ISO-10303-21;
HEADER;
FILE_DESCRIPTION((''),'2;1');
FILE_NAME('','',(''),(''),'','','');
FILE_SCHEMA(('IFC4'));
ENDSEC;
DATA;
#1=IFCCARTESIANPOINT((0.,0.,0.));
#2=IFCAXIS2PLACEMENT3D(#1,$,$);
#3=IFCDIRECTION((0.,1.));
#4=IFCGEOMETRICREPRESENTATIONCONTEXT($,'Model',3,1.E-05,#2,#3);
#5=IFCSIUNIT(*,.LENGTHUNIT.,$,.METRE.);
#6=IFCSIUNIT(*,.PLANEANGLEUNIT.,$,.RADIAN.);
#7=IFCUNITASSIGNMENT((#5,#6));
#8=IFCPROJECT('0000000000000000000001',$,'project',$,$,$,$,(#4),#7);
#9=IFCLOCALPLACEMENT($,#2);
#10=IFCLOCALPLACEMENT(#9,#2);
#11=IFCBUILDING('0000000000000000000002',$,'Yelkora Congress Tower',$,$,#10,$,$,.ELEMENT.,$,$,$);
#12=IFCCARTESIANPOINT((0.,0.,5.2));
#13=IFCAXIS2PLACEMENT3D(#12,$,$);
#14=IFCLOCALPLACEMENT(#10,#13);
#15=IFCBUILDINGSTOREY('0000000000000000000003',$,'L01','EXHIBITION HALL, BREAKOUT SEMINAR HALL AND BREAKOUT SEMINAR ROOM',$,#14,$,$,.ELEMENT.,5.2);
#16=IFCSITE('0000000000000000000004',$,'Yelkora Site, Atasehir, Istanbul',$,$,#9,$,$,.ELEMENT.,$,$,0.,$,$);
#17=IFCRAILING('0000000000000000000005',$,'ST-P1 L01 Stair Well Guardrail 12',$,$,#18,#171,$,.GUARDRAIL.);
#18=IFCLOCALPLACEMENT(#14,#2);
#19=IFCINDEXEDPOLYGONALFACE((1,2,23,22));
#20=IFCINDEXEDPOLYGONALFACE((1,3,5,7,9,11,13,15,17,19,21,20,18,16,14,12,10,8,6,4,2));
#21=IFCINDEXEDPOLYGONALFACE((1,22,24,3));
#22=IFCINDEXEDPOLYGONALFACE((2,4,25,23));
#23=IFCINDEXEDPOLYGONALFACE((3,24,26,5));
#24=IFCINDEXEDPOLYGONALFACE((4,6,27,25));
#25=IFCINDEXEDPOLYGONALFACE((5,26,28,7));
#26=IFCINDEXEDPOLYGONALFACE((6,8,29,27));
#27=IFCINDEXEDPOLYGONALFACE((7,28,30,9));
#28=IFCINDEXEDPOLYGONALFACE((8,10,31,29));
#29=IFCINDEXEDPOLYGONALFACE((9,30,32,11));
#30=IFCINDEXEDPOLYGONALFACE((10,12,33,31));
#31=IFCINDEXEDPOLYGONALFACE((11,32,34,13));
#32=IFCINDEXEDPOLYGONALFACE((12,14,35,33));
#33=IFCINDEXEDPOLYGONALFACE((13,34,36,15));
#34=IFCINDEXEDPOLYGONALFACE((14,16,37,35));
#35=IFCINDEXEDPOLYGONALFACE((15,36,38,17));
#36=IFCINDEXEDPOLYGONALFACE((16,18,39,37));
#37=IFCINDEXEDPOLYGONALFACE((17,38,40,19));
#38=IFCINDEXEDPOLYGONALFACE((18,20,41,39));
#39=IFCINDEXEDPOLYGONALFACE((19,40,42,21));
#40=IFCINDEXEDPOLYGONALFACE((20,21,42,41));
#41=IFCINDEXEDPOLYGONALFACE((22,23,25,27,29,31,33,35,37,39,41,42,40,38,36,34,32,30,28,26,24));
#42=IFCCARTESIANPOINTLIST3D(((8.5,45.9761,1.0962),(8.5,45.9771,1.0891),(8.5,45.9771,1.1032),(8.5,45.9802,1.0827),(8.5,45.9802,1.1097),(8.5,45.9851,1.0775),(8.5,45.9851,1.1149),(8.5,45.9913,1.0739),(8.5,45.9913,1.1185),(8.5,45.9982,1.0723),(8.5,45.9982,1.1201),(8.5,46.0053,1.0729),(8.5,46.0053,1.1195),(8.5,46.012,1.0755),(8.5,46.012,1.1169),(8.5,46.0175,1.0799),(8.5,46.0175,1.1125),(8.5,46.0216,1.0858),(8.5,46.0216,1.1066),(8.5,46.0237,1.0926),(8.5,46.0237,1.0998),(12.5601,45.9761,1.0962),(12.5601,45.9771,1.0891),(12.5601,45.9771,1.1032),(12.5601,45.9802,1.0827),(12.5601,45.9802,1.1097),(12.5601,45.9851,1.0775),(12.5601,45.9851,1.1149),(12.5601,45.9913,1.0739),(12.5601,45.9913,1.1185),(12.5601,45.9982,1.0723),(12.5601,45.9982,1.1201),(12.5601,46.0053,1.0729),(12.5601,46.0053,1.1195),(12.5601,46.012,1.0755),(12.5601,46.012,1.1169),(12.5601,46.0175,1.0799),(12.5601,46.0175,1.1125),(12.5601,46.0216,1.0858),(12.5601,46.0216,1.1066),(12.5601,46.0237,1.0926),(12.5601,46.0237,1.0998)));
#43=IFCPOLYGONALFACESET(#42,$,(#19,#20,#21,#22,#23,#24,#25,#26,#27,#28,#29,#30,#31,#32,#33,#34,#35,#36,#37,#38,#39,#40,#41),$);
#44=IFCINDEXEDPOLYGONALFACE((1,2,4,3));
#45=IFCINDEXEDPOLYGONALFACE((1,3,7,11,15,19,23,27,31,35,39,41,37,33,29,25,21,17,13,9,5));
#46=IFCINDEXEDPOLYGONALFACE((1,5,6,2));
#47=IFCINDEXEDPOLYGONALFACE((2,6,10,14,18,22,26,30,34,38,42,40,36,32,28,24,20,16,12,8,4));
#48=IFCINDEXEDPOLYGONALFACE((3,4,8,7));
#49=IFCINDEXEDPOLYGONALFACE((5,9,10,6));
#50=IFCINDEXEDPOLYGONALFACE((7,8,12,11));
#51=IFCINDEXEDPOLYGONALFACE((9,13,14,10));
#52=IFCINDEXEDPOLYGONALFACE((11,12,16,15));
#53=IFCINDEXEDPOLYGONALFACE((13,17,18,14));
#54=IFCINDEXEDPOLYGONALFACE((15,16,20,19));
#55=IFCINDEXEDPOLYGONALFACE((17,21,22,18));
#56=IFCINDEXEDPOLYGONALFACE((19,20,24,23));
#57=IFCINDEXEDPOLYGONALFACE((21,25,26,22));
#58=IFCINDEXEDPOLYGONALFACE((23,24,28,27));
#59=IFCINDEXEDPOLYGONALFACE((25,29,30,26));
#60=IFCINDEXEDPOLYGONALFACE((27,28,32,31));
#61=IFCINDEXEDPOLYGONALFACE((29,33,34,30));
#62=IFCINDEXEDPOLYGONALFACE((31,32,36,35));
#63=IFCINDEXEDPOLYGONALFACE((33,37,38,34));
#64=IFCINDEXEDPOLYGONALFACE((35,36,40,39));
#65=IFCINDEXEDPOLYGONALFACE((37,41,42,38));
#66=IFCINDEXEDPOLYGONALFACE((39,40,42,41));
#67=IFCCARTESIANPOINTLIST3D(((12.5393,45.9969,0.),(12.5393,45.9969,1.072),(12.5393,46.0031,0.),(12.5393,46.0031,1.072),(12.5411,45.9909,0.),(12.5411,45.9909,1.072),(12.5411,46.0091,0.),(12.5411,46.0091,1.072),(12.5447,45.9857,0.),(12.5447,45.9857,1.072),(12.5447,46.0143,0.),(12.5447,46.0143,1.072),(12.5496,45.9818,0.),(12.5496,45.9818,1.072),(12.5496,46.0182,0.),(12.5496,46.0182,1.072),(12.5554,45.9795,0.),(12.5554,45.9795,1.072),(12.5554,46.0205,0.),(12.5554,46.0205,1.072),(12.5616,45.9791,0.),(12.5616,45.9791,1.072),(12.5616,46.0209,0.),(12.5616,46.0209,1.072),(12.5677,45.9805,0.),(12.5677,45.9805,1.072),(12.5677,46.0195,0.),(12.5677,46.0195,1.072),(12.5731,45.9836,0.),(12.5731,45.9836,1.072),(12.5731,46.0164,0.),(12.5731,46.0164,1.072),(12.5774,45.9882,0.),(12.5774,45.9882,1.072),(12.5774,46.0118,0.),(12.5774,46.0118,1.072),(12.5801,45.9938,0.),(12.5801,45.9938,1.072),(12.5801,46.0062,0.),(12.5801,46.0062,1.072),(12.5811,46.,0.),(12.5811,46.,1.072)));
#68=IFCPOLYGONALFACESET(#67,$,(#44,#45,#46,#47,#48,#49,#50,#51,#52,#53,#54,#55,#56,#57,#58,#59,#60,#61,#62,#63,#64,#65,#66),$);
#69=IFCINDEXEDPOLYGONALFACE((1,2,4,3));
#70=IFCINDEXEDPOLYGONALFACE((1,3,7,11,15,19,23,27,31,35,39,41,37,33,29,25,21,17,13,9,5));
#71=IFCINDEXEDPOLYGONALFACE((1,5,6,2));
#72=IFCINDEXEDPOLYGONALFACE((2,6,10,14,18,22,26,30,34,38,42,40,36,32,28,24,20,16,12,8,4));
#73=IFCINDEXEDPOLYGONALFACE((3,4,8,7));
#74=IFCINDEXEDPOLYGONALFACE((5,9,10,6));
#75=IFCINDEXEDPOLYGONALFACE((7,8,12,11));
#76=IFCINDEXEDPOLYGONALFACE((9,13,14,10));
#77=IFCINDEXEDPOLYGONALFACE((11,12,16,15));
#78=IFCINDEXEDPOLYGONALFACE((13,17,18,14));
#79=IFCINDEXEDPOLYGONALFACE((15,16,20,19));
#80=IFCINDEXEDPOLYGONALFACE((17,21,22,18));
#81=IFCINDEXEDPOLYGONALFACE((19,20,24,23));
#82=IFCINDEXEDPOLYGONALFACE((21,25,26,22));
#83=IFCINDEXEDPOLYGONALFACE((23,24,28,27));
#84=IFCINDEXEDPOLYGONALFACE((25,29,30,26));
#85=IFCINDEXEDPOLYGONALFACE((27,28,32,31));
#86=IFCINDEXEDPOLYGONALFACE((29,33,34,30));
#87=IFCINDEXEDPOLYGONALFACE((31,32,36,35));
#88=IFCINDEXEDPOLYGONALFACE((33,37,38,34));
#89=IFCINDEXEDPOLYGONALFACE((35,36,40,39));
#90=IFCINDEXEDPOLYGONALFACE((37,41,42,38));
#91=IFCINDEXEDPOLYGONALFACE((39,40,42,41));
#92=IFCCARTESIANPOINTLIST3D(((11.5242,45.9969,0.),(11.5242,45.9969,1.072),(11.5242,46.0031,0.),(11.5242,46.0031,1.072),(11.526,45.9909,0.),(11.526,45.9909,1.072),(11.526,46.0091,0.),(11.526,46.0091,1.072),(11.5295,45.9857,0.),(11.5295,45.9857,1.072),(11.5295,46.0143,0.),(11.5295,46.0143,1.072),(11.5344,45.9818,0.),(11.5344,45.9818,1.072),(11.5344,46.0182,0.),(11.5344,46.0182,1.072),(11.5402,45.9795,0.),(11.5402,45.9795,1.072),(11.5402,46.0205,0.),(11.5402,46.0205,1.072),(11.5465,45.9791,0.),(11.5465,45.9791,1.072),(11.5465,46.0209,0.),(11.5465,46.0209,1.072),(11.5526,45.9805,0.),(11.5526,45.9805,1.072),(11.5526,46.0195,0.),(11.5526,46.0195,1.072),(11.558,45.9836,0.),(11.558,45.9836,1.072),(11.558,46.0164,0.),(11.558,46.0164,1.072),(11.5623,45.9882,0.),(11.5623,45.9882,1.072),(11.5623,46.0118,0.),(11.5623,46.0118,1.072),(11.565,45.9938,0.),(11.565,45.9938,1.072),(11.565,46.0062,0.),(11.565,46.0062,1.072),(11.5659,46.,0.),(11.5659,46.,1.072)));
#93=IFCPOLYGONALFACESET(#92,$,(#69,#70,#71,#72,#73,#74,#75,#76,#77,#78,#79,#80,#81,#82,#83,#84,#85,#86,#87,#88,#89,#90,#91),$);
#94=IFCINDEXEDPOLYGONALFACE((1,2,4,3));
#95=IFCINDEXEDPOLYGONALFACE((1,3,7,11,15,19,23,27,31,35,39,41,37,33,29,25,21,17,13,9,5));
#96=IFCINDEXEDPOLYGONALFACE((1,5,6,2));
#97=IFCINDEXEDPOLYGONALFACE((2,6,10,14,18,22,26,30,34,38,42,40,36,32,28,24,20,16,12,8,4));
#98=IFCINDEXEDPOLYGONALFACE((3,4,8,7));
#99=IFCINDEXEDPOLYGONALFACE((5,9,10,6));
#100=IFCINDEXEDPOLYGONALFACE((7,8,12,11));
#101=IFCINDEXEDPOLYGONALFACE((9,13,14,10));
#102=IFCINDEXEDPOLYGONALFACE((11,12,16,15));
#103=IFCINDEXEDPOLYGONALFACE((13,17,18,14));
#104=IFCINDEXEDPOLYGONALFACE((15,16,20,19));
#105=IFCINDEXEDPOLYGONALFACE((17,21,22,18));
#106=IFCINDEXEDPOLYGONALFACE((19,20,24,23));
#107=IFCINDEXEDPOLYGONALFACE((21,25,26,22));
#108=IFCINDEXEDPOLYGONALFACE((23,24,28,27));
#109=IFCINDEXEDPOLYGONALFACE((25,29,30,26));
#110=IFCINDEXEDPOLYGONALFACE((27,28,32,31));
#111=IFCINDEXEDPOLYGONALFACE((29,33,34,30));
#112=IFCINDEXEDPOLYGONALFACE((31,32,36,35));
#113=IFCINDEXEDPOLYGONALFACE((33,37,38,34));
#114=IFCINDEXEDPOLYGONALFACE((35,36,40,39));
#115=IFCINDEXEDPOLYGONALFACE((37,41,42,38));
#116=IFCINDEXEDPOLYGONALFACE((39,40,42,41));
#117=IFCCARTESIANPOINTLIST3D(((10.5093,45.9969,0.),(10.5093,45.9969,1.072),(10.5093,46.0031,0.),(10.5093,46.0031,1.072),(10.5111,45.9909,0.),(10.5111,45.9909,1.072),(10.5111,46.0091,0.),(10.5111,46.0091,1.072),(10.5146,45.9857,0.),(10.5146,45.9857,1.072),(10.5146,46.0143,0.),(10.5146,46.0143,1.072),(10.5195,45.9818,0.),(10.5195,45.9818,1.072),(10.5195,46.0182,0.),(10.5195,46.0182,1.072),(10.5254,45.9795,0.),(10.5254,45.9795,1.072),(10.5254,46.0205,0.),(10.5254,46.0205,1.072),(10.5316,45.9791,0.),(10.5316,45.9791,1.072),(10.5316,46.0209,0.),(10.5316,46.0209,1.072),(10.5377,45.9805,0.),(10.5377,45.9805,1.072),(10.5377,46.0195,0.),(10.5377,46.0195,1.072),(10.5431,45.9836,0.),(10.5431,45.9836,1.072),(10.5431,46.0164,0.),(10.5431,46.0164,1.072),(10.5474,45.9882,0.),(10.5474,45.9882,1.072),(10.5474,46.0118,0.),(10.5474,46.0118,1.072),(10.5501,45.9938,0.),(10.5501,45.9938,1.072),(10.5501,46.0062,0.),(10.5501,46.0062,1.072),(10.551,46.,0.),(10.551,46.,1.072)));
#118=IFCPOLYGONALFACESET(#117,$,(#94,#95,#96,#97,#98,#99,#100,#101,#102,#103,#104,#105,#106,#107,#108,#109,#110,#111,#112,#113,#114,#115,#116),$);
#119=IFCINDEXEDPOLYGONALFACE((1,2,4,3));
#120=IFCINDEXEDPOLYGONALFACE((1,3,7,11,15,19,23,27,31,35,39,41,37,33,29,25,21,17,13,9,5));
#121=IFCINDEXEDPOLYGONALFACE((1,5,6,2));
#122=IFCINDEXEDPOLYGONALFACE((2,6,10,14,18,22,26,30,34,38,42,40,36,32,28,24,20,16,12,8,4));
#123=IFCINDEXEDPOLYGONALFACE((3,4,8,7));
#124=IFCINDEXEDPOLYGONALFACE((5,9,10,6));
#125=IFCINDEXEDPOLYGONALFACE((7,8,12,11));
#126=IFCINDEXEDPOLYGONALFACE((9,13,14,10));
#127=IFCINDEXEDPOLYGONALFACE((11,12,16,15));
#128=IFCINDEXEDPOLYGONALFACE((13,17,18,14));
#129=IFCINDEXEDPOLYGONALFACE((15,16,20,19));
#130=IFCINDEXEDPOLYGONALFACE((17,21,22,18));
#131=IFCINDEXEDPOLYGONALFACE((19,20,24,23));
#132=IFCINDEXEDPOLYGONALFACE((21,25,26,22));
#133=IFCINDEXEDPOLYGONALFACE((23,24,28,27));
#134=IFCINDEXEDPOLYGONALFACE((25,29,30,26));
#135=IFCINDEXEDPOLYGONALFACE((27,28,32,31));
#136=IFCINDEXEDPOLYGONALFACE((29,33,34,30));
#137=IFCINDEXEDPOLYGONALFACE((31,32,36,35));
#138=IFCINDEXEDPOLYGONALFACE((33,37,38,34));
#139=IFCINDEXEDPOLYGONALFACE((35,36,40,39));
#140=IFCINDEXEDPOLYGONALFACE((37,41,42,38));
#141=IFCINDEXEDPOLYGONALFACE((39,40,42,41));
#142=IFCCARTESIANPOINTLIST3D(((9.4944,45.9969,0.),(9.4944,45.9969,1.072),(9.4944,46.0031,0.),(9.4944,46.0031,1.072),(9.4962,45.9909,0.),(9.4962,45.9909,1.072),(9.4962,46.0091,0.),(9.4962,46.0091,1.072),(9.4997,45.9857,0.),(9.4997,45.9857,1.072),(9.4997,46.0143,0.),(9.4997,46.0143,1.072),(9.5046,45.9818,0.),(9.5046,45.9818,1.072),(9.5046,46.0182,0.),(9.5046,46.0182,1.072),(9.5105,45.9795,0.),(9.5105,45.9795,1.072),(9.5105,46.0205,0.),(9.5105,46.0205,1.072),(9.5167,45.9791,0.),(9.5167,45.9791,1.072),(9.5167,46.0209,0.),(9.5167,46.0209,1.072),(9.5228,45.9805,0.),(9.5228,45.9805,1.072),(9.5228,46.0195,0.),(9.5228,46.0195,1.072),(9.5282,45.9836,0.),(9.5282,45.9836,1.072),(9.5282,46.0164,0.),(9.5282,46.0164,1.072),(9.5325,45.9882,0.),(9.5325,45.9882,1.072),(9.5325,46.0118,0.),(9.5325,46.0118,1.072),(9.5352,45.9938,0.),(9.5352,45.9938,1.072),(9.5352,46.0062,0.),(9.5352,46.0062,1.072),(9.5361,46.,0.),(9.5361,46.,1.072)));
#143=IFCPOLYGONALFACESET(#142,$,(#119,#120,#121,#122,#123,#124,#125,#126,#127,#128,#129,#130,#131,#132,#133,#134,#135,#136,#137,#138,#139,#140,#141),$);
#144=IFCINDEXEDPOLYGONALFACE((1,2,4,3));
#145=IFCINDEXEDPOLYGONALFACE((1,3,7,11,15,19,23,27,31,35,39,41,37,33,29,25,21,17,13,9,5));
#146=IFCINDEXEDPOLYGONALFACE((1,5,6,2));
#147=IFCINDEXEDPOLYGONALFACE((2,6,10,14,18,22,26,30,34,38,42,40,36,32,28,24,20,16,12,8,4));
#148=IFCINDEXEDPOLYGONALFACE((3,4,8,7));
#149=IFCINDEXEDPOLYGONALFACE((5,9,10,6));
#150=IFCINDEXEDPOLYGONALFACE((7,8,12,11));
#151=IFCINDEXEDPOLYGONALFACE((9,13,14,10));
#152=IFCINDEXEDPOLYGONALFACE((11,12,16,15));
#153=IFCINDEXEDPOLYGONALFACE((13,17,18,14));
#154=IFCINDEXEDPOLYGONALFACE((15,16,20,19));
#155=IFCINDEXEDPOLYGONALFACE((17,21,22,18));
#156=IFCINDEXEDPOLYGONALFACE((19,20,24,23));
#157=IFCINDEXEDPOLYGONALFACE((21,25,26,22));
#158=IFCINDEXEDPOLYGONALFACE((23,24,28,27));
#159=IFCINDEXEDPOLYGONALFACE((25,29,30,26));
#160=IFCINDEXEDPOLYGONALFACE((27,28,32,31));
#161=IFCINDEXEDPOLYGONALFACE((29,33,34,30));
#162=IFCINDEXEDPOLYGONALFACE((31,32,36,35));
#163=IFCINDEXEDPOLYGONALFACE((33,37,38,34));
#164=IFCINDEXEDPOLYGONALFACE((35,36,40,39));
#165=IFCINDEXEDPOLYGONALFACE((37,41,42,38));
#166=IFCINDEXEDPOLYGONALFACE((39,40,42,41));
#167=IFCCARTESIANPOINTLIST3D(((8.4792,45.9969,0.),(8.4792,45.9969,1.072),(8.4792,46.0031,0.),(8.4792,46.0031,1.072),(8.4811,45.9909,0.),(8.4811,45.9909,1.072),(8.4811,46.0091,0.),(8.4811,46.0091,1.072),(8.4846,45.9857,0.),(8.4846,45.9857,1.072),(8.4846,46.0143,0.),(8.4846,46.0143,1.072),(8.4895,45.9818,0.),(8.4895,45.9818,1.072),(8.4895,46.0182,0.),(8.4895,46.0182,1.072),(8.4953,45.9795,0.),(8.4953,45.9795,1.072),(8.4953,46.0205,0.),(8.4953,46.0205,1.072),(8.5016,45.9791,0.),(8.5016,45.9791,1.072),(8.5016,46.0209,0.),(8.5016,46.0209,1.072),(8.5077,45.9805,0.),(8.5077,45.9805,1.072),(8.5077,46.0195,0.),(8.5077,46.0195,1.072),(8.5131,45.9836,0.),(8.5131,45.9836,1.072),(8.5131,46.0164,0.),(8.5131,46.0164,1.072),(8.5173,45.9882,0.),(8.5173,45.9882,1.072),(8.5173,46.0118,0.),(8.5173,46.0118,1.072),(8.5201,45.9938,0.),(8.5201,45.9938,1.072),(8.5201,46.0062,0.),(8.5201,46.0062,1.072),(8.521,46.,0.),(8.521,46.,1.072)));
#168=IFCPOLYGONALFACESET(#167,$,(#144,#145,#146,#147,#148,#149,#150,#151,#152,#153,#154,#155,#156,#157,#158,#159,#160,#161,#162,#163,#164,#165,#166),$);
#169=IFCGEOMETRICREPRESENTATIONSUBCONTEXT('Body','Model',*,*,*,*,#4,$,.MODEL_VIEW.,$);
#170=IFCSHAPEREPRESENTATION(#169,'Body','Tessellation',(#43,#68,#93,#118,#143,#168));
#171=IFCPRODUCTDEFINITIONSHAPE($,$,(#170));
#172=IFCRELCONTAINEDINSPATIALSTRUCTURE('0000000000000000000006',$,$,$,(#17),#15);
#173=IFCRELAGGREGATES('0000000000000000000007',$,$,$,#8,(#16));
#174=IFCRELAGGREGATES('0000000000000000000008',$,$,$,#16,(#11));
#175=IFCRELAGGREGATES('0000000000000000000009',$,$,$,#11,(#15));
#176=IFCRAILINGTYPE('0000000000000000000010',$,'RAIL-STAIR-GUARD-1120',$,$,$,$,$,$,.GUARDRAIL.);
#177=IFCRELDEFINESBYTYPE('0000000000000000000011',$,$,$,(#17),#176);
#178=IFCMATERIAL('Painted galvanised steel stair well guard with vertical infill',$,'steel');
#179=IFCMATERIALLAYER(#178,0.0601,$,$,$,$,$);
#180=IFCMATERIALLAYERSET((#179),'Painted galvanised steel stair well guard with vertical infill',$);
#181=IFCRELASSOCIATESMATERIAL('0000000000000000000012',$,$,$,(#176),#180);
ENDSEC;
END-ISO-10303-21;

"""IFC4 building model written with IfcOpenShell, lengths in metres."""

from ifc_helpers import new_model, si_unit, direction, frame, origin, origin_2d, place, context, subcontext, project, spatial, circle, extrude, material, layer, layer_set, type_object, element, save


model = new_model("IFC4")

# Units and contexts
model_context = context("Model", 3, precision=1e-05, world=origin(), true_north=direction((0.0, 1.0)))
body_context = subcontext(model_context, "Body", "Model", "MODEL_VIEW")
ifc_project = project(units=[si_unit("LENGTHUNIT", "METRE"), si_unit("PLANEANGLEUNIT", "RADIAN")], contexts=[model_context])

# Site, building, storey
site_placement = place(None, origin())
site = spatial("IfcSite", under=ifc_project, at=site_placement, Name="Yelkora Site, Atasehir, Istanbul", CompositionType="ELEMENT", RefElevation=0.0)
building_placement = place(site_placement, origin())
building = spatial("IfcBuilding", under=site, at=building_placement, Name="Yelkora Congress Tower", CompositionType="ELEMENT")
storey_placement = place(building_placement, frame((0.0, 0.0, 5.2)))
storey = spatial("IfcBuildingStorey", under=building, at=storey_placement, Name="L01", Description="EXHIBITION HALL, BREAKOUT SEMINAR HALL AND BREAKOUT SEMINAR ROOM", CompositionType="ELEMENT", Elevation=5.2)

# Railing
ifc_material_1 = material(Name="Painted galvanised steel stair well guard with vertical infill", Category="steel")
ifc_layer_1 = layer(ifc_material_1, 0.0601)
ifc_layer_set_1 = layer_set([ifc_layer_1], Name="Painted galvanised steel stair well guard with vertical infill")
railing_type_1 = type_object("IfcRailingType", Name="RAIL-STAIR-GUARD-1120", PredefinedType="GUARDRAIL", material=ifc_layer_set_1)
railing_1_placement = place(storey_placement, frame((12.5601, 46.0, 0.0)))
element("IfcRailing", 1, at=railing_1_placement, inside=storey, type_object=railing_type_1, Name="ST-P1 L01 Stair Well Guardrail 12", PredefinedType="GUARDRAIL", context=body_context, shape_type="SweptSolid", body=[
    extrude(circle(Radius=0.0239, at=origin_2d()), frame((0.0, 0.0, 1.0962), z_axis=(-1.0, 0.0, 0.0), x_axis=(0.0, -1.0, 0.0)), (0.0, 0.0, 1.0), 4.0601),
    extrude(circle(Radius=0.021, at=origin_2d()), origin(), (0.0, 0.0, 1.0), 1.072),
    extrude(circle(Radius=0.021, at=origin_2d()), frame((-1.0151, 0.0, 0.0)), (0.0, 0.0, 1.0), 1.072),
    extrude(circle(Radius=0.021, at=origin_2d()), frame((-2.03, 0.0, 0.0)), (0.0, 0.0, 1.0), 1.072),
    extrude(circle(Radius=0.021, at=origin_2d()), frame((-3.0449, 0.0, 0.0)), (0.0, 0.0, 1.0), 1.072),
    extrude(circle(Radius=0.021, at=origin_2d()), frame((-4.0601, 0.0, 0.0)), (0.0, 0.0, 1.0), 1.072),
])

save(model, "model.ifc")
